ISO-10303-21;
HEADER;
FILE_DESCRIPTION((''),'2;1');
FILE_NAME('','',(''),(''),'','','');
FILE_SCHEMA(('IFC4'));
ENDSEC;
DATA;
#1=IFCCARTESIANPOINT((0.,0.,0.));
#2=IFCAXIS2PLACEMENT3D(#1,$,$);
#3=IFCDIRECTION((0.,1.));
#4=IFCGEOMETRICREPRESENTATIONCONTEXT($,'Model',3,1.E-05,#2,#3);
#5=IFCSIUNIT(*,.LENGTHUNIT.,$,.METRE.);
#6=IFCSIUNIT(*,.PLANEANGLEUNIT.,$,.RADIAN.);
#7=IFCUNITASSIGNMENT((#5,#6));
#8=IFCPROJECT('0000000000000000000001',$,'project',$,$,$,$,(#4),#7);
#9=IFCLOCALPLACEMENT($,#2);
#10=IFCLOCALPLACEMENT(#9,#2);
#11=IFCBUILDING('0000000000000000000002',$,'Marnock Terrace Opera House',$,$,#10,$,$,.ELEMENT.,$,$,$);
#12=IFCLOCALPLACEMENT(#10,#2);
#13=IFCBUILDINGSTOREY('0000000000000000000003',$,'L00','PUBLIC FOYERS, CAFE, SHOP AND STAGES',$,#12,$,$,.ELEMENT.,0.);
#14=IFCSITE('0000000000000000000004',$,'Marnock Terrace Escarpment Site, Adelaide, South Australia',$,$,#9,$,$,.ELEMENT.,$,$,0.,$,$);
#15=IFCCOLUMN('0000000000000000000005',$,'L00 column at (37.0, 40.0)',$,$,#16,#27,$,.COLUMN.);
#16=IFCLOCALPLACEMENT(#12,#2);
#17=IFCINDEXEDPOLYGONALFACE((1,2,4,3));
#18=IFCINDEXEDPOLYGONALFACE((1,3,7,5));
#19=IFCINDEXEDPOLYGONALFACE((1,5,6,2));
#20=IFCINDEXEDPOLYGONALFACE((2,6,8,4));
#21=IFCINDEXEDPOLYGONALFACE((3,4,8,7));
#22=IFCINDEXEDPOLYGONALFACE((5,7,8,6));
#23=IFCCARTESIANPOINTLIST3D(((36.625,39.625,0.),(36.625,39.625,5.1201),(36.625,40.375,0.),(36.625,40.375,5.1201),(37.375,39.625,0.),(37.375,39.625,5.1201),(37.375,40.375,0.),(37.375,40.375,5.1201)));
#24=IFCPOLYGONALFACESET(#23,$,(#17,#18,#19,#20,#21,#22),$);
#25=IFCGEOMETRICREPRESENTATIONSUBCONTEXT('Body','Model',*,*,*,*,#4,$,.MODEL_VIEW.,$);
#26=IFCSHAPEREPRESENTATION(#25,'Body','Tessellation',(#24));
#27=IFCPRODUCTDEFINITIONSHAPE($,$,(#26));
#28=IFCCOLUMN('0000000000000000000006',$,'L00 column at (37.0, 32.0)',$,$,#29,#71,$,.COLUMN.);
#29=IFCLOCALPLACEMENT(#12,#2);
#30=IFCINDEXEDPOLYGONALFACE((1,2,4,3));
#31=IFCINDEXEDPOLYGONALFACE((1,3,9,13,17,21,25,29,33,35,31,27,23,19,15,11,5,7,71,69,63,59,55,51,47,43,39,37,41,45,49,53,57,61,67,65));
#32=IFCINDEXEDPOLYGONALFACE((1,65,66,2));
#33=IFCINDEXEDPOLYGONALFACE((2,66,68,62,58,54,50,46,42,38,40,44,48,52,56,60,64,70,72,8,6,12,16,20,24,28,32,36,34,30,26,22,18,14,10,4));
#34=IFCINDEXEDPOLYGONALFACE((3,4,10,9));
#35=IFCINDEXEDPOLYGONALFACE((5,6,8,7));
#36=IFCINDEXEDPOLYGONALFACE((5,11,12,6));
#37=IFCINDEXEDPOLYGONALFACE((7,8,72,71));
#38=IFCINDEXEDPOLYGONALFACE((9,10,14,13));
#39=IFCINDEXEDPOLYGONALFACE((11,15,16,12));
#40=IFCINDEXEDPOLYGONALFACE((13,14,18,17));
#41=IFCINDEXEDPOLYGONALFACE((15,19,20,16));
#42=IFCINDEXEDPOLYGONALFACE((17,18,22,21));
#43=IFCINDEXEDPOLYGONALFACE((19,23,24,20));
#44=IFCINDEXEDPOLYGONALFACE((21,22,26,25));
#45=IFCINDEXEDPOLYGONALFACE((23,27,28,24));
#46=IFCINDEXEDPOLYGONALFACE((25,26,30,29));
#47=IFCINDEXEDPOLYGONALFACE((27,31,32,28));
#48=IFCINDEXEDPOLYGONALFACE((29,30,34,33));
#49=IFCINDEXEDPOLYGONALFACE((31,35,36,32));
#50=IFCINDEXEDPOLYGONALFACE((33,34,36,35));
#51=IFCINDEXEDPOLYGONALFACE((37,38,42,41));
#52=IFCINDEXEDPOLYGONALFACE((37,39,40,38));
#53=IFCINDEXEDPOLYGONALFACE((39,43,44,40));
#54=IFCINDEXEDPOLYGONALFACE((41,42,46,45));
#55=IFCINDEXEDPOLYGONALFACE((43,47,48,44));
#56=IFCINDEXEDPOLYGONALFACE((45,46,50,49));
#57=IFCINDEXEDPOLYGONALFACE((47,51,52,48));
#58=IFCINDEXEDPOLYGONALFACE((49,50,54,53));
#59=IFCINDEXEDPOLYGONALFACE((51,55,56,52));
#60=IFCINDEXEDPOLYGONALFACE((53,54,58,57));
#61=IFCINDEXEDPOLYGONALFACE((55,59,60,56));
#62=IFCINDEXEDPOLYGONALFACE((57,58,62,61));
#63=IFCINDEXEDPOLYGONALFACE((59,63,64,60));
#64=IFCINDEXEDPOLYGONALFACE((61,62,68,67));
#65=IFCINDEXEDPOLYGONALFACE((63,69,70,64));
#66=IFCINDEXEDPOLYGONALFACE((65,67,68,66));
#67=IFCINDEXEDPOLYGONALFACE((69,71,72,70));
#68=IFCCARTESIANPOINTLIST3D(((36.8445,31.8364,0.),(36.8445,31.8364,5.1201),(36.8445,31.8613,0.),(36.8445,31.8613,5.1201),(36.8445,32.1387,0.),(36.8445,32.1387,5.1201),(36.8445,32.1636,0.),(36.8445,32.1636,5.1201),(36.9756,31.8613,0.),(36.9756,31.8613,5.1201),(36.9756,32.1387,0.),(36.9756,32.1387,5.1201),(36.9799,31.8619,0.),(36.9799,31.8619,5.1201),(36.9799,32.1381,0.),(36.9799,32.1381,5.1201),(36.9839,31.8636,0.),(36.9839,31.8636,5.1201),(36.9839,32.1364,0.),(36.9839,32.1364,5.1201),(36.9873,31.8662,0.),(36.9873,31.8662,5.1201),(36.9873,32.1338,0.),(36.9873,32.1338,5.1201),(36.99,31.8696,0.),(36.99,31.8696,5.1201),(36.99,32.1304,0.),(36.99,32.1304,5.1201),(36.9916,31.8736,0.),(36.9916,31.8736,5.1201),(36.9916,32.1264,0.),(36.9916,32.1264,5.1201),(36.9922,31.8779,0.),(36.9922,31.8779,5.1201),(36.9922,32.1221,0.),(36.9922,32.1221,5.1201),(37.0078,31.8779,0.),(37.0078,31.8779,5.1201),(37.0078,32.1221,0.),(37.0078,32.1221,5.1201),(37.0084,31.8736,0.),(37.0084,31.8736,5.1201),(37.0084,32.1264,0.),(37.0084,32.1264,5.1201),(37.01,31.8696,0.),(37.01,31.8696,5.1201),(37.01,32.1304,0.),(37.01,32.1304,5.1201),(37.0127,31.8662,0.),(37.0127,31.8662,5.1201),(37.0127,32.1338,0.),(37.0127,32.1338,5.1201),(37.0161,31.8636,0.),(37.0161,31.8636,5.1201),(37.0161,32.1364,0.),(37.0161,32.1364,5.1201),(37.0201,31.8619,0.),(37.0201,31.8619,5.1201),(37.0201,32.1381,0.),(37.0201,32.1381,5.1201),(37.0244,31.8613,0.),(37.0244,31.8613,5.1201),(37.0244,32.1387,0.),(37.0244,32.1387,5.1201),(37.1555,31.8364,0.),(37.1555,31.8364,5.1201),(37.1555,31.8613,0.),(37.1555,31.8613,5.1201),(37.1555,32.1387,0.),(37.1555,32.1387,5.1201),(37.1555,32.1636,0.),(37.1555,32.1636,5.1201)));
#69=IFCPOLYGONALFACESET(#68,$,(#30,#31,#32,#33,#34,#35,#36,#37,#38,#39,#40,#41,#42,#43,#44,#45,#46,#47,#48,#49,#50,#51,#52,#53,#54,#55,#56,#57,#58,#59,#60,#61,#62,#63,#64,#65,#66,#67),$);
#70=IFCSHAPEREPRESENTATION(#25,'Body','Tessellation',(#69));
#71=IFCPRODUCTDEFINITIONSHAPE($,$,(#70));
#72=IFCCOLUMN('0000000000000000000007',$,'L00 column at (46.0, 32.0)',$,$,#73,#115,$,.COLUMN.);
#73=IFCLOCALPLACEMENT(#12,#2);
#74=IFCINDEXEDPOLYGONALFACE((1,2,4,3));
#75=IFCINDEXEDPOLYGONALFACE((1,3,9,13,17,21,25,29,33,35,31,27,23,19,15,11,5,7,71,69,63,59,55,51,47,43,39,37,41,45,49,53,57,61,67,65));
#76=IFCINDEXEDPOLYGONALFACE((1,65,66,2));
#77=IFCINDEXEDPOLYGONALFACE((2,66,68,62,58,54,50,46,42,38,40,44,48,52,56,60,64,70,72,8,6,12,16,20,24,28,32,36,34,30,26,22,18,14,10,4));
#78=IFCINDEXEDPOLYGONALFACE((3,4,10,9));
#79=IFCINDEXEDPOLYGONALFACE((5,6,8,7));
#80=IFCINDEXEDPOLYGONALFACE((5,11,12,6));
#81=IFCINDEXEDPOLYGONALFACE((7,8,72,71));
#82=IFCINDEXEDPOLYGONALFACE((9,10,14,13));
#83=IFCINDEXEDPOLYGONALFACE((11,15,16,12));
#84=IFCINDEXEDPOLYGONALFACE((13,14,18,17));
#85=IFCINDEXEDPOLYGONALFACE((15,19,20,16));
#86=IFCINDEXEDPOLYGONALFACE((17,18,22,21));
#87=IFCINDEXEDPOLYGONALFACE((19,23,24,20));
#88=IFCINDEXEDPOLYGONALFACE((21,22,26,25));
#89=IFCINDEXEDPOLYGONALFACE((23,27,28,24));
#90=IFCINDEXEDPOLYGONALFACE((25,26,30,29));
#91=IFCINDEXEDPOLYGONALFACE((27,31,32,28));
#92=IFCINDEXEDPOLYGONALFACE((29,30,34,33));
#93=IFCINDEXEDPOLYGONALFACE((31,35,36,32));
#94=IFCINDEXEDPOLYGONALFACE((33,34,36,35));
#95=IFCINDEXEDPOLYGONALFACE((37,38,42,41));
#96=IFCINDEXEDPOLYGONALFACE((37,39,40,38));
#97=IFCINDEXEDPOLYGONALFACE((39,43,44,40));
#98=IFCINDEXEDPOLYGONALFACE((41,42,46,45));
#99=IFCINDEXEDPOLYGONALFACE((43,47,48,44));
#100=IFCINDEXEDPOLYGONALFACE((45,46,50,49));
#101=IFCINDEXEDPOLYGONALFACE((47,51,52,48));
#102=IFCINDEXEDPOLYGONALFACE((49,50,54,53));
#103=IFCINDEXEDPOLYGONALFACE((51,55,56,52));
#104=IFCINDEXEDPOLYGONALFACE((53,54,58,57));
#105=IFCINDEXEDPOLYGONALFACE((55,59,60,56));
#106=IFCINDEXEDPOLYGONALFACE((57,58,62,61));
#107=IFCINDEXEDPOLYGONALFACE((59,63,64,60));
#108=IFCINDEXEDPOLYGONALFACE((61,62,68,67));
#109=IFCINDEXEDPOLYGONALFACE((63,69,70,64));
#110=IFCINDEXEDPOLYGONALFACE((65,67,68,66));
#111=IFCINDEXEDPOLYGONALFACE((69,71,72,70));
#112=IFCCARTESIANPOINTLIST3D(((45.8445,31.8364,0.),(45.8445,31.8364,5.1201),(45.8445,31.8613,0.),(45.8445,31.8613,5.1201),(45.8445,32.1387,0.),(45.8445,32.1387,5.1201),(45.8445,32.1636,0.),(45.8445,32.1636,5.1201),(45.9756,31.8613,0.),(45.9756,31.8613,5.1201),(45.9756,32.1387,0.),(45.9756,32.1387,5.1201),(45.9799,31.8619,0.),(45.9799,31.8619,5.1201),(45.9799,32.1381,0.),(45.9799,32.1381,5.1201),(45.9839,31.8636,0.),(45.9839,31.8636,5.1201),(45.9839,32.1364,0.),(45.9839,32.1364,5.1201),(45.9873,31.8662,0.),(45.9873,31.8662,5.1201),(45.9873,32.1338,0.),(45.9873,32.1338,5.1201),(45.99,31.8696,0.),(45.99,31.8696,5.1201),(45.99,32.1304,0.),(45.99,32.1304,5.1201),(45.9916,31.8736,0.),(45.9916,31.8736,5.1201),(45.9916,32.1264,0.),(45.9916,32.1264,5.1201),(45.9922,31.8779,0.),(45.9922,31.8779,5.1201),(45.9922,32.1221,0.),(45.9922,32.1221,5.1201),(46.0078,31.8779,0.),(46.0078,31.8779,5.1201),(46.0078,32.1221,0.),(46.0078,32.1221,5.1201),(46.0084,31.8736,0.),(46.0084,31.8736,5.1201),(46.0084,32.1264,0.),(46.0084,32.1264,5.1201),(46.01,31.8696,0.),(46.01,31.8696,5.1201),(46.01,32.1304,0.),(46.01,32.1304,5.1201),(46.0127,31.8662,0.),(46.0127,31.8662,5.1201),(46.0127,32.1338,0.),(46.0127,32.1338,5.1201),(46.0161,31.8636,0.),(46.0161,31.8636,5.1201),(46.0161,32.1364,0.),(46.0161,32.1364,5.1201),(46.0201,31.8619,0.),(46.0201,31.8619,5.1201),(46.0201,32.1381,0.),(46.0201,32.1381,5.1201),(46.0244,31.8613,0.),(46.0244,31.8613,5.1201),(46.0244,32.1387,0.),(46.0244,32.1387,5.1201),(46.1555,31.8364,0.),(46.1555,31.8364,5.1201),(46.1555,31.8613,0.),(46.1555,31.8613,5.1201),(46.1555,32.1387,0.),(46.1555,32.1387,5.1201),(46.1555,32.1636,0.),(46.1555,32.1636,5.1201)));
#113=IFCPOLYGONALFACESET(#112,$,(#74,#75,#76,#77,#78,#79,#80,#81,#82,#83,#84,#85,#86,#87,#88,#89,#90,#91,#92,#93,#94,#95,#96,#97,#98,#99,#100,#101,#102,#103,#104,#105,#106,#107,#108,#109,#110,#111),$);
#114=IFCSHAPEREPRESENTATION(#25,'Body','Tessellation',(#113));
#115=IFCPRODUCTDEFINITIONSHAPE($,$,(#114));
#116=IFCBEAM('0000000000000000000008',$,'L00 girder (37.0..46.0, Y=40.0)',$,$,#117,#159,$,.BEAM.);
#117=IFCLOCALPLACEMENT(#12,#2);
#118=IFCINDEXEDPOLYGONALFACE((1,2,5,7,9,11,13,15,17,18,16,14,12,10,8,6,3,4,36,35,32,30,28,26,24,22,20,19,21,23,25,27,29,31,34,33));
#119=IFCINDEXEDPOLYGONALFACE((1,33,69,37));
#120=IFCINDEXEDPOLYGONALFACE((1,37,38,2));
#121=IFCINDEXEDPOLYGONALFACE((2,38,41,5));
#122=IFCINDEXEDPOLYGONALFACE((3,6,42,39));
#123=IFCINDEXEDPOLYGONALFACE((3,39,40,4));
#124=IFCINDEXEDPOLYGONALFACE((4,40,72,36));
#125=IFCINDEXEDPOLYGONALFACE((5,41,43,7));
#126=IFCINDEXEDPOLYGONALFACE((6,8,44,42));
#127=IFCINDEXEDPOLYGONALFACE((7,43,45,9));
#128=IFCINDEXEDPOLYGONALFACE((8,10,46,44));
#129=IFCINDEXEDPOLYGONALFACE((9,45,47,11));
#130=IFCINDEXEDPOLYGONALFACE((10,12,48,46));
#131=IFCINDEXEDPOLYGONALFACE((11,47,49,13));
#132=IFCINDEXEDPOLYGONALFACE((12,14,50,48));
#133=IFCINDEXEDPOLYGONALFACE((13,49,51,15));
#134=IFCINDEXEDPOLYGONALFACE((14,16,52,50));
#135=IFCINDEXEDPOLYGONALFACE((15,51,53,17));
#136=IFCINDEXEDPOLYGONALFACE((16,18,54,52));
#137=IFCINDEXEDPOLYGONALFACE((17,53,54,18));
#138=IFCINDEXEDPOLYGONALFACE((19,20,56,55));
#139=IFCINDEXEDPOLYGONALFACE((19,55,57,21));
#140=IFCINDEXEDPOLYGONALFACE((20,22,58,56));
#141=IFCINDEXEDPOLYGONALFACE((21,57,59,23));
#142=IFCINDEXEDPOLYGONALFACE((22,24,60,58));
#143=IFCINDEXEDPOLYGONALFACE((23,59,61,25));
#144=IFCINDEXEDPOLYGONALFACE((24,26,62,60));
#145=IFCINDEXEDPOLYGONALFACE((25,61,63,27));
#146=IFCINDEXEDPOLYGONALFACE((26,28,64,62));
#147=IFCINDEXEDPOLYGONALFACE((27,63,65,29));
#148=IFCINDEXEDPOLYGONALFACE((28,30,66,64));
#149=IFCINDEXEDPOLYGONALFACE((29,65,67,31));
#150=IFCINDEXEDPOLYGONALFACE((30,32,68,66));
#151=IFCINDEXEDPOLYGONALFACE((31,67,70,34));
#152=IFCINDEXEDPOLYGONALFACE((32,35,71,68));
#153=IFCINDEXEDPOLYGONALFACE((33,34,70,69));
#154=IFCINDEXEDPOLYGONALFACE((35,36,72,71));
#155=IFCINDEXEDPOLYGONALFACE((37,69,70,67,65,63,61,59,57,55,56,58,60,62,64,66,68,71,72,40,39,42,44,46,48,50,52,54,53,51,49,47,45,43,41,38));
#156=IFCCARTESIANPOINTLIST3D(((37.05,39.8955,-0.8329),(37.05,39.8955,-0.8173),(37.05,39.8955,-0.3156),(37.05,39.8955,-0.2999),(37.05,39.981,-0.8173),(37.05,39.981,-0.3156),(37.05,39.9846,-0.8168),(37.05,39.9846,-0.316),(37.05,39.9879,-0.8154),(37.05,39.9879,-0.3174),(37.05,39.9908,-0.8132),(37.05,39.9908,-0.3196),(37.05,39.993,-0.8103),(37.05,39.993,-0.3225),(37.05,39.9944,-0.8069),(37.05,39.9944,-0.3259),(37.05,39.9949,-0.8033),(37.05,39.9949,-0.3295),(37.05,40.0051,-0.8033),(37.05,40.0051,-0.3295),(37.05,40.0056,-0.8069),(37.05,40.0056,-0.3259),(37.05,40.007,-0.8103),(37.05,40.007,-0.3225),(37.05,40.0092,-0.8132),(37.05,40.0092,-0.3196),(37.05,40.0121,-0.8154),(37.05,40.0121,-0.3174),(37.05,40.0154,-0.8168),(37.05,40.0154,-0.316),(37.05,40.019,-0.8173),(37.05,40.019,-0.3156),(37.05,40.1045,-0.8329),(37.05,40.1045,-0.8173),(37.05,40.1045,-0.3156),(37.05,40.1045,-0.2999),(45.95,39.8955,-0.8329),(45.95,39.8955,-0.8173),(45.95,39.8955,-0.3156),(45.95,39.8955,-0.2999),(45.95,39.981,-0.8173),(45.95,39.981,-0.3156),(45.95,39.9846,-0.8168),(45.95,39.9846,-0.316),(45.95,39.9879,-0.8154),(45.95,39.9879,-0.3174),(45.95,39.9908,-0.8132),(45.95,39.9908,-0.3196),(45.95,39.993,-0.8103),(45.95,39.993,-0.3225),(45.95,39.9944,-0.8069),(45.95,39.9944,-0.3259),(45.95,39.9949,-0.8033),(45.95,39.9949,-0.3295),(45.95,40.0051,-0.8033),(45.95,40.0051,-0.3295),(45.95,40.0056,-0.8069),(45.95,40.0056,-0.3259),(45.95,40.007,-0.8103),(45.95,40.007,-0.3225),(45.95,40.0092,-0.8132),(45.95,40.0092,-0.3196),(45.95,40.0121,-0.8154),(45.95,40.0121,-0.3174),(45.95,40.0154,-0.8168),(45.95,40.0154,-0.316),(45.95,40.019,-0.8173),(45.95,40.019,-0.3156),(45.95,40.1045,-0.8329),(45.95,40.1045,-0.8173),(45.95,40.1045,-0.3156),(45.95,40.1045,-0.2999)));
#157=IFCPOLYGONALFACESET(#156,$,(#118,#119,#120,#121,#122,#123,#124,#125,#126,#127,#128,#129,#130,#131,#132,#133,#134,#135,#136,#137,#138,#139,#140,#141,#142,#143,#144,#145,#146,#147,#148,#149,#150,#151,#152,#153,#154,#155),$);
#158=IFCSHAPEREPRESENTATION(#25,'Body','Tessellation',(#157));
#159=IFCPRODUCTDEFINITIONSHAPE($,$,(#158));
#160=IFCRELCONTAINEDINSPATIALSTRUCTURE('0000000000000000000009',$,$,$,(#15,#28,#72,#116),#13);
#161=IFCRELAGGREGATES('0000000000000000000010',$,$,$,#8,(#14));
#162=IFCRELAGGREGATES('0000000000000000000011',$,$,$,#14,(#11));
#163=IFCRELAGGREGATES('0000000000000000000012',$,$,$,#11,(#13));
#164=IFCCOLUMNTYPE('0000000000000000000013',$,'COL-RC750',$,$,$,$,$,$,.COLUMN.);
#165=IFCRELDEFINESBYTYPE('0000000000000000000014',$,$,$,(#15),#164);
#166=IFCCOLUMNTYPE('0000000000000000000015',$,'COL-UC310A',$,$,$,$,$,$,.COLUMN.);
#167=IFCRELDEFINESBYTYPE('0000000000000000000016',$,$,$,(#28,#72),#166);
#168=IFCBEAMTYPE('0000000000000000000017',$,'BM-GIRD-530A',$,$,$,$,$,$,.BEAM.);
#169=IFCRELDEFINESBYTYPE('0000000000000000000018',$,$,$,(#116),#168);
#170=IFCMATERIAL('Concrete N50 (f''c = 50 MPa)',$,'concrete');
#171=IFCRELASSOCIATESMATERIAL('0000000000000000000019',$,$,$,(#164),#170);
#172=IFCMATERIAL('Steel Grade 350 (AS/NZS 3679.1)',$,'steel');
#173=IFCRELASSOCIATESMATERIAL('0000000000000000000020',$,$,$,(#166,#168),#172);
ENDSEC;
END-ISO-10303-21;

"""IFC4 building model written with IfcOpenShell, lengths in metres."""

from ifc_helpers import new_model, si_unit, direction, frame, origin, origin_2d, place, context, subcontext, project, spatial, rectangle, i_section, extrude, material, material_profile, profile_set, type_object, element, save


model = new_model("IFC4")

# Units and contexts
model_context = context("Model", 3, precision=1e-05, world=origin(), true_north=direction((0.0, 1.0)))
body_context = subcontext(model_context, "Body", "Model", "MODEL_VIEW")
ifc_project = project(units=[si_unit("LENGTHUNIT", "METRE"), si_unit("PLANEANGLEUNIT", "RADIAN")], contexts=[model_context])

# Site, building, storey
site_placement = place(None, origin())
site = spatial("IfcSite", under=ifc_project, at=site_placement, Name="Marnock Terrace Escarpment Site, Adelaide, South Australia", CompositionType="ELEMENT", RefElevation=0.0)
building_placement = place(site_placement, origin())
building = spatial("IfcBuilding", under=site, at=building_placement, Name="Marnock Terrace Opera House", CompositionType="ELEMENT")
storey_placement = place(building_placement, origin())
storey = spatial("IfcBuildingStorey", under=building, at=storey_placement, Name="L00", Description="PUBLIC FOYERS, CAFE, SHOP AND STAGES", CompositionType="ELEMENT", Elevation=0.0)

# Columns
ifc_material_1 = material(Name="Concrete N50 (f'c = 50 MPa)", Category="concrete")
ifc_material_profile_1 = material_profile(ifc_material_1, rectangle(XDim=0.75, YDim=0.75, at=origin_2d()))
ifc_profile_set_1 = profile_set([ifc_material_profile_1], Name="Concrete N50 (f'c = 50 MPa)")
column_type_1 = type_object("IfcColumnType", Name="COL-RC750", PredefinedType="COLUMN", material=ifc_profile_set_1)
column_placement = place(storey_placement, frame((37.0, 40.0, 0.0), z_axis=(0.0, 0.0, 1.0), x_axis=(1.0, 0.0, 0.0)))
element("IfcColumn", 1, at=column_placement, inside=storey, type_object=column_type_1, Name="L00 column at (37.0, 40.0)", PredefinedType="COLUMN", context=body_context, shape_type="SweptSolid", body=[
    extrude(rectangle(XDim=0.75, YDim=0.75, at=origin_2d()), origin(), (0.0, 0.0, 1.0), 5.1201),
])
ifc_material_2 = material(Name="Steel Grade 350 (AS/NZS 3679.1)", Category="steel")
ifc_material_profile_2 = material_profile(ifc_material_2, i_section(OverallWidth=0.311, OverallDepth=0.3271, WebThickness=0.0156, FlangeThickness=0.0249, FilletRadius=0.0166, at=origin_2d()))
ifc_profile_set_2 = profile_set([ifc_material_profile_2], Name="Steel Grade 350 (AS/NZS 3679.1)")
column_type_2 = type_object("IfcColumnType", Name="COL-UC310A", PredefinedType="COLUMN", material=ifc_profile_set_2)
for number, where, z_axis, x_axis, name in (
    (2, (37.0, 32.0, 0.0), (0.0, 0.0, 1.0), (1.0, 0.0, 0.0), "L00 column at (37.0, 32.0)"),
    (3, (46.0, 32.0, 0.0), (0.0, 0.0, 1.0), (1.0, 0.0, 0.0), "L00 column at (46.0, 32.0)"),
):
    element("IfcColumn", number, at=place(storey_placement, frame(where, z_axis=z_axis, x_axis=x_axis)), inside=storey, type_object=column_type_2, Name=name, PredefinedType="COLUMN", context=body_context, shape_type="SweptSolid", body=[
        extrude(i_section(OverallWidth=0.311, OverallDepth=0.3271, WebThickness=0.0156, FlangeThickness=0.0249, FilletRadius=0.0166, at=origin_2d()), origin(), (0.0, 0.0, 1.0), 5.1201),
    ])

# Beam
ifc_material_profile_3 = material_profile(ifc_material_2, i_section(OverallWidth=0.209, OverallDepth=0.533, WebThickness=0.0103, FlangeThickness=0.0156, FilletRadius=0.0139, at=origin_2d()))
ifc_profile_set_3 = profile_set([ifc_material_profile_3], Name="Steel Grade 350 (AS/NZS 3679.1)")
beam_type_1 = type_object("IfcBeamType", Name="BM-GIRD-530A", PredefinedType="BEAM", material=ifc_profile_set_3)
beam_1_placement = place(storey_placement, frame((37.05, 40.0, -0.5664), z_axis=(1.0, 0.0, 0.0), x_axis=(0.0, 1.0, 0.0)))
element("IfcBeam", 4, at=beam_1_placement, inside=storey, type_object=beam_type_1, Name="L00 girder (37.0..46.0, Y=40.0)", PredefinedType="BEAM", context=body_context, shape_type="SweptSolid", body=[
    extrude(i_section(OverallWidth=0.209, OverallDepth=0.533, WebThickness=0.0103, FlangeThickness=0.0156, FilletRadius=0.0139, at=origin_2d()), origin(), (0.0, 0.0, 1.0), 8.8999),
])

save(model, "model.ifc")
